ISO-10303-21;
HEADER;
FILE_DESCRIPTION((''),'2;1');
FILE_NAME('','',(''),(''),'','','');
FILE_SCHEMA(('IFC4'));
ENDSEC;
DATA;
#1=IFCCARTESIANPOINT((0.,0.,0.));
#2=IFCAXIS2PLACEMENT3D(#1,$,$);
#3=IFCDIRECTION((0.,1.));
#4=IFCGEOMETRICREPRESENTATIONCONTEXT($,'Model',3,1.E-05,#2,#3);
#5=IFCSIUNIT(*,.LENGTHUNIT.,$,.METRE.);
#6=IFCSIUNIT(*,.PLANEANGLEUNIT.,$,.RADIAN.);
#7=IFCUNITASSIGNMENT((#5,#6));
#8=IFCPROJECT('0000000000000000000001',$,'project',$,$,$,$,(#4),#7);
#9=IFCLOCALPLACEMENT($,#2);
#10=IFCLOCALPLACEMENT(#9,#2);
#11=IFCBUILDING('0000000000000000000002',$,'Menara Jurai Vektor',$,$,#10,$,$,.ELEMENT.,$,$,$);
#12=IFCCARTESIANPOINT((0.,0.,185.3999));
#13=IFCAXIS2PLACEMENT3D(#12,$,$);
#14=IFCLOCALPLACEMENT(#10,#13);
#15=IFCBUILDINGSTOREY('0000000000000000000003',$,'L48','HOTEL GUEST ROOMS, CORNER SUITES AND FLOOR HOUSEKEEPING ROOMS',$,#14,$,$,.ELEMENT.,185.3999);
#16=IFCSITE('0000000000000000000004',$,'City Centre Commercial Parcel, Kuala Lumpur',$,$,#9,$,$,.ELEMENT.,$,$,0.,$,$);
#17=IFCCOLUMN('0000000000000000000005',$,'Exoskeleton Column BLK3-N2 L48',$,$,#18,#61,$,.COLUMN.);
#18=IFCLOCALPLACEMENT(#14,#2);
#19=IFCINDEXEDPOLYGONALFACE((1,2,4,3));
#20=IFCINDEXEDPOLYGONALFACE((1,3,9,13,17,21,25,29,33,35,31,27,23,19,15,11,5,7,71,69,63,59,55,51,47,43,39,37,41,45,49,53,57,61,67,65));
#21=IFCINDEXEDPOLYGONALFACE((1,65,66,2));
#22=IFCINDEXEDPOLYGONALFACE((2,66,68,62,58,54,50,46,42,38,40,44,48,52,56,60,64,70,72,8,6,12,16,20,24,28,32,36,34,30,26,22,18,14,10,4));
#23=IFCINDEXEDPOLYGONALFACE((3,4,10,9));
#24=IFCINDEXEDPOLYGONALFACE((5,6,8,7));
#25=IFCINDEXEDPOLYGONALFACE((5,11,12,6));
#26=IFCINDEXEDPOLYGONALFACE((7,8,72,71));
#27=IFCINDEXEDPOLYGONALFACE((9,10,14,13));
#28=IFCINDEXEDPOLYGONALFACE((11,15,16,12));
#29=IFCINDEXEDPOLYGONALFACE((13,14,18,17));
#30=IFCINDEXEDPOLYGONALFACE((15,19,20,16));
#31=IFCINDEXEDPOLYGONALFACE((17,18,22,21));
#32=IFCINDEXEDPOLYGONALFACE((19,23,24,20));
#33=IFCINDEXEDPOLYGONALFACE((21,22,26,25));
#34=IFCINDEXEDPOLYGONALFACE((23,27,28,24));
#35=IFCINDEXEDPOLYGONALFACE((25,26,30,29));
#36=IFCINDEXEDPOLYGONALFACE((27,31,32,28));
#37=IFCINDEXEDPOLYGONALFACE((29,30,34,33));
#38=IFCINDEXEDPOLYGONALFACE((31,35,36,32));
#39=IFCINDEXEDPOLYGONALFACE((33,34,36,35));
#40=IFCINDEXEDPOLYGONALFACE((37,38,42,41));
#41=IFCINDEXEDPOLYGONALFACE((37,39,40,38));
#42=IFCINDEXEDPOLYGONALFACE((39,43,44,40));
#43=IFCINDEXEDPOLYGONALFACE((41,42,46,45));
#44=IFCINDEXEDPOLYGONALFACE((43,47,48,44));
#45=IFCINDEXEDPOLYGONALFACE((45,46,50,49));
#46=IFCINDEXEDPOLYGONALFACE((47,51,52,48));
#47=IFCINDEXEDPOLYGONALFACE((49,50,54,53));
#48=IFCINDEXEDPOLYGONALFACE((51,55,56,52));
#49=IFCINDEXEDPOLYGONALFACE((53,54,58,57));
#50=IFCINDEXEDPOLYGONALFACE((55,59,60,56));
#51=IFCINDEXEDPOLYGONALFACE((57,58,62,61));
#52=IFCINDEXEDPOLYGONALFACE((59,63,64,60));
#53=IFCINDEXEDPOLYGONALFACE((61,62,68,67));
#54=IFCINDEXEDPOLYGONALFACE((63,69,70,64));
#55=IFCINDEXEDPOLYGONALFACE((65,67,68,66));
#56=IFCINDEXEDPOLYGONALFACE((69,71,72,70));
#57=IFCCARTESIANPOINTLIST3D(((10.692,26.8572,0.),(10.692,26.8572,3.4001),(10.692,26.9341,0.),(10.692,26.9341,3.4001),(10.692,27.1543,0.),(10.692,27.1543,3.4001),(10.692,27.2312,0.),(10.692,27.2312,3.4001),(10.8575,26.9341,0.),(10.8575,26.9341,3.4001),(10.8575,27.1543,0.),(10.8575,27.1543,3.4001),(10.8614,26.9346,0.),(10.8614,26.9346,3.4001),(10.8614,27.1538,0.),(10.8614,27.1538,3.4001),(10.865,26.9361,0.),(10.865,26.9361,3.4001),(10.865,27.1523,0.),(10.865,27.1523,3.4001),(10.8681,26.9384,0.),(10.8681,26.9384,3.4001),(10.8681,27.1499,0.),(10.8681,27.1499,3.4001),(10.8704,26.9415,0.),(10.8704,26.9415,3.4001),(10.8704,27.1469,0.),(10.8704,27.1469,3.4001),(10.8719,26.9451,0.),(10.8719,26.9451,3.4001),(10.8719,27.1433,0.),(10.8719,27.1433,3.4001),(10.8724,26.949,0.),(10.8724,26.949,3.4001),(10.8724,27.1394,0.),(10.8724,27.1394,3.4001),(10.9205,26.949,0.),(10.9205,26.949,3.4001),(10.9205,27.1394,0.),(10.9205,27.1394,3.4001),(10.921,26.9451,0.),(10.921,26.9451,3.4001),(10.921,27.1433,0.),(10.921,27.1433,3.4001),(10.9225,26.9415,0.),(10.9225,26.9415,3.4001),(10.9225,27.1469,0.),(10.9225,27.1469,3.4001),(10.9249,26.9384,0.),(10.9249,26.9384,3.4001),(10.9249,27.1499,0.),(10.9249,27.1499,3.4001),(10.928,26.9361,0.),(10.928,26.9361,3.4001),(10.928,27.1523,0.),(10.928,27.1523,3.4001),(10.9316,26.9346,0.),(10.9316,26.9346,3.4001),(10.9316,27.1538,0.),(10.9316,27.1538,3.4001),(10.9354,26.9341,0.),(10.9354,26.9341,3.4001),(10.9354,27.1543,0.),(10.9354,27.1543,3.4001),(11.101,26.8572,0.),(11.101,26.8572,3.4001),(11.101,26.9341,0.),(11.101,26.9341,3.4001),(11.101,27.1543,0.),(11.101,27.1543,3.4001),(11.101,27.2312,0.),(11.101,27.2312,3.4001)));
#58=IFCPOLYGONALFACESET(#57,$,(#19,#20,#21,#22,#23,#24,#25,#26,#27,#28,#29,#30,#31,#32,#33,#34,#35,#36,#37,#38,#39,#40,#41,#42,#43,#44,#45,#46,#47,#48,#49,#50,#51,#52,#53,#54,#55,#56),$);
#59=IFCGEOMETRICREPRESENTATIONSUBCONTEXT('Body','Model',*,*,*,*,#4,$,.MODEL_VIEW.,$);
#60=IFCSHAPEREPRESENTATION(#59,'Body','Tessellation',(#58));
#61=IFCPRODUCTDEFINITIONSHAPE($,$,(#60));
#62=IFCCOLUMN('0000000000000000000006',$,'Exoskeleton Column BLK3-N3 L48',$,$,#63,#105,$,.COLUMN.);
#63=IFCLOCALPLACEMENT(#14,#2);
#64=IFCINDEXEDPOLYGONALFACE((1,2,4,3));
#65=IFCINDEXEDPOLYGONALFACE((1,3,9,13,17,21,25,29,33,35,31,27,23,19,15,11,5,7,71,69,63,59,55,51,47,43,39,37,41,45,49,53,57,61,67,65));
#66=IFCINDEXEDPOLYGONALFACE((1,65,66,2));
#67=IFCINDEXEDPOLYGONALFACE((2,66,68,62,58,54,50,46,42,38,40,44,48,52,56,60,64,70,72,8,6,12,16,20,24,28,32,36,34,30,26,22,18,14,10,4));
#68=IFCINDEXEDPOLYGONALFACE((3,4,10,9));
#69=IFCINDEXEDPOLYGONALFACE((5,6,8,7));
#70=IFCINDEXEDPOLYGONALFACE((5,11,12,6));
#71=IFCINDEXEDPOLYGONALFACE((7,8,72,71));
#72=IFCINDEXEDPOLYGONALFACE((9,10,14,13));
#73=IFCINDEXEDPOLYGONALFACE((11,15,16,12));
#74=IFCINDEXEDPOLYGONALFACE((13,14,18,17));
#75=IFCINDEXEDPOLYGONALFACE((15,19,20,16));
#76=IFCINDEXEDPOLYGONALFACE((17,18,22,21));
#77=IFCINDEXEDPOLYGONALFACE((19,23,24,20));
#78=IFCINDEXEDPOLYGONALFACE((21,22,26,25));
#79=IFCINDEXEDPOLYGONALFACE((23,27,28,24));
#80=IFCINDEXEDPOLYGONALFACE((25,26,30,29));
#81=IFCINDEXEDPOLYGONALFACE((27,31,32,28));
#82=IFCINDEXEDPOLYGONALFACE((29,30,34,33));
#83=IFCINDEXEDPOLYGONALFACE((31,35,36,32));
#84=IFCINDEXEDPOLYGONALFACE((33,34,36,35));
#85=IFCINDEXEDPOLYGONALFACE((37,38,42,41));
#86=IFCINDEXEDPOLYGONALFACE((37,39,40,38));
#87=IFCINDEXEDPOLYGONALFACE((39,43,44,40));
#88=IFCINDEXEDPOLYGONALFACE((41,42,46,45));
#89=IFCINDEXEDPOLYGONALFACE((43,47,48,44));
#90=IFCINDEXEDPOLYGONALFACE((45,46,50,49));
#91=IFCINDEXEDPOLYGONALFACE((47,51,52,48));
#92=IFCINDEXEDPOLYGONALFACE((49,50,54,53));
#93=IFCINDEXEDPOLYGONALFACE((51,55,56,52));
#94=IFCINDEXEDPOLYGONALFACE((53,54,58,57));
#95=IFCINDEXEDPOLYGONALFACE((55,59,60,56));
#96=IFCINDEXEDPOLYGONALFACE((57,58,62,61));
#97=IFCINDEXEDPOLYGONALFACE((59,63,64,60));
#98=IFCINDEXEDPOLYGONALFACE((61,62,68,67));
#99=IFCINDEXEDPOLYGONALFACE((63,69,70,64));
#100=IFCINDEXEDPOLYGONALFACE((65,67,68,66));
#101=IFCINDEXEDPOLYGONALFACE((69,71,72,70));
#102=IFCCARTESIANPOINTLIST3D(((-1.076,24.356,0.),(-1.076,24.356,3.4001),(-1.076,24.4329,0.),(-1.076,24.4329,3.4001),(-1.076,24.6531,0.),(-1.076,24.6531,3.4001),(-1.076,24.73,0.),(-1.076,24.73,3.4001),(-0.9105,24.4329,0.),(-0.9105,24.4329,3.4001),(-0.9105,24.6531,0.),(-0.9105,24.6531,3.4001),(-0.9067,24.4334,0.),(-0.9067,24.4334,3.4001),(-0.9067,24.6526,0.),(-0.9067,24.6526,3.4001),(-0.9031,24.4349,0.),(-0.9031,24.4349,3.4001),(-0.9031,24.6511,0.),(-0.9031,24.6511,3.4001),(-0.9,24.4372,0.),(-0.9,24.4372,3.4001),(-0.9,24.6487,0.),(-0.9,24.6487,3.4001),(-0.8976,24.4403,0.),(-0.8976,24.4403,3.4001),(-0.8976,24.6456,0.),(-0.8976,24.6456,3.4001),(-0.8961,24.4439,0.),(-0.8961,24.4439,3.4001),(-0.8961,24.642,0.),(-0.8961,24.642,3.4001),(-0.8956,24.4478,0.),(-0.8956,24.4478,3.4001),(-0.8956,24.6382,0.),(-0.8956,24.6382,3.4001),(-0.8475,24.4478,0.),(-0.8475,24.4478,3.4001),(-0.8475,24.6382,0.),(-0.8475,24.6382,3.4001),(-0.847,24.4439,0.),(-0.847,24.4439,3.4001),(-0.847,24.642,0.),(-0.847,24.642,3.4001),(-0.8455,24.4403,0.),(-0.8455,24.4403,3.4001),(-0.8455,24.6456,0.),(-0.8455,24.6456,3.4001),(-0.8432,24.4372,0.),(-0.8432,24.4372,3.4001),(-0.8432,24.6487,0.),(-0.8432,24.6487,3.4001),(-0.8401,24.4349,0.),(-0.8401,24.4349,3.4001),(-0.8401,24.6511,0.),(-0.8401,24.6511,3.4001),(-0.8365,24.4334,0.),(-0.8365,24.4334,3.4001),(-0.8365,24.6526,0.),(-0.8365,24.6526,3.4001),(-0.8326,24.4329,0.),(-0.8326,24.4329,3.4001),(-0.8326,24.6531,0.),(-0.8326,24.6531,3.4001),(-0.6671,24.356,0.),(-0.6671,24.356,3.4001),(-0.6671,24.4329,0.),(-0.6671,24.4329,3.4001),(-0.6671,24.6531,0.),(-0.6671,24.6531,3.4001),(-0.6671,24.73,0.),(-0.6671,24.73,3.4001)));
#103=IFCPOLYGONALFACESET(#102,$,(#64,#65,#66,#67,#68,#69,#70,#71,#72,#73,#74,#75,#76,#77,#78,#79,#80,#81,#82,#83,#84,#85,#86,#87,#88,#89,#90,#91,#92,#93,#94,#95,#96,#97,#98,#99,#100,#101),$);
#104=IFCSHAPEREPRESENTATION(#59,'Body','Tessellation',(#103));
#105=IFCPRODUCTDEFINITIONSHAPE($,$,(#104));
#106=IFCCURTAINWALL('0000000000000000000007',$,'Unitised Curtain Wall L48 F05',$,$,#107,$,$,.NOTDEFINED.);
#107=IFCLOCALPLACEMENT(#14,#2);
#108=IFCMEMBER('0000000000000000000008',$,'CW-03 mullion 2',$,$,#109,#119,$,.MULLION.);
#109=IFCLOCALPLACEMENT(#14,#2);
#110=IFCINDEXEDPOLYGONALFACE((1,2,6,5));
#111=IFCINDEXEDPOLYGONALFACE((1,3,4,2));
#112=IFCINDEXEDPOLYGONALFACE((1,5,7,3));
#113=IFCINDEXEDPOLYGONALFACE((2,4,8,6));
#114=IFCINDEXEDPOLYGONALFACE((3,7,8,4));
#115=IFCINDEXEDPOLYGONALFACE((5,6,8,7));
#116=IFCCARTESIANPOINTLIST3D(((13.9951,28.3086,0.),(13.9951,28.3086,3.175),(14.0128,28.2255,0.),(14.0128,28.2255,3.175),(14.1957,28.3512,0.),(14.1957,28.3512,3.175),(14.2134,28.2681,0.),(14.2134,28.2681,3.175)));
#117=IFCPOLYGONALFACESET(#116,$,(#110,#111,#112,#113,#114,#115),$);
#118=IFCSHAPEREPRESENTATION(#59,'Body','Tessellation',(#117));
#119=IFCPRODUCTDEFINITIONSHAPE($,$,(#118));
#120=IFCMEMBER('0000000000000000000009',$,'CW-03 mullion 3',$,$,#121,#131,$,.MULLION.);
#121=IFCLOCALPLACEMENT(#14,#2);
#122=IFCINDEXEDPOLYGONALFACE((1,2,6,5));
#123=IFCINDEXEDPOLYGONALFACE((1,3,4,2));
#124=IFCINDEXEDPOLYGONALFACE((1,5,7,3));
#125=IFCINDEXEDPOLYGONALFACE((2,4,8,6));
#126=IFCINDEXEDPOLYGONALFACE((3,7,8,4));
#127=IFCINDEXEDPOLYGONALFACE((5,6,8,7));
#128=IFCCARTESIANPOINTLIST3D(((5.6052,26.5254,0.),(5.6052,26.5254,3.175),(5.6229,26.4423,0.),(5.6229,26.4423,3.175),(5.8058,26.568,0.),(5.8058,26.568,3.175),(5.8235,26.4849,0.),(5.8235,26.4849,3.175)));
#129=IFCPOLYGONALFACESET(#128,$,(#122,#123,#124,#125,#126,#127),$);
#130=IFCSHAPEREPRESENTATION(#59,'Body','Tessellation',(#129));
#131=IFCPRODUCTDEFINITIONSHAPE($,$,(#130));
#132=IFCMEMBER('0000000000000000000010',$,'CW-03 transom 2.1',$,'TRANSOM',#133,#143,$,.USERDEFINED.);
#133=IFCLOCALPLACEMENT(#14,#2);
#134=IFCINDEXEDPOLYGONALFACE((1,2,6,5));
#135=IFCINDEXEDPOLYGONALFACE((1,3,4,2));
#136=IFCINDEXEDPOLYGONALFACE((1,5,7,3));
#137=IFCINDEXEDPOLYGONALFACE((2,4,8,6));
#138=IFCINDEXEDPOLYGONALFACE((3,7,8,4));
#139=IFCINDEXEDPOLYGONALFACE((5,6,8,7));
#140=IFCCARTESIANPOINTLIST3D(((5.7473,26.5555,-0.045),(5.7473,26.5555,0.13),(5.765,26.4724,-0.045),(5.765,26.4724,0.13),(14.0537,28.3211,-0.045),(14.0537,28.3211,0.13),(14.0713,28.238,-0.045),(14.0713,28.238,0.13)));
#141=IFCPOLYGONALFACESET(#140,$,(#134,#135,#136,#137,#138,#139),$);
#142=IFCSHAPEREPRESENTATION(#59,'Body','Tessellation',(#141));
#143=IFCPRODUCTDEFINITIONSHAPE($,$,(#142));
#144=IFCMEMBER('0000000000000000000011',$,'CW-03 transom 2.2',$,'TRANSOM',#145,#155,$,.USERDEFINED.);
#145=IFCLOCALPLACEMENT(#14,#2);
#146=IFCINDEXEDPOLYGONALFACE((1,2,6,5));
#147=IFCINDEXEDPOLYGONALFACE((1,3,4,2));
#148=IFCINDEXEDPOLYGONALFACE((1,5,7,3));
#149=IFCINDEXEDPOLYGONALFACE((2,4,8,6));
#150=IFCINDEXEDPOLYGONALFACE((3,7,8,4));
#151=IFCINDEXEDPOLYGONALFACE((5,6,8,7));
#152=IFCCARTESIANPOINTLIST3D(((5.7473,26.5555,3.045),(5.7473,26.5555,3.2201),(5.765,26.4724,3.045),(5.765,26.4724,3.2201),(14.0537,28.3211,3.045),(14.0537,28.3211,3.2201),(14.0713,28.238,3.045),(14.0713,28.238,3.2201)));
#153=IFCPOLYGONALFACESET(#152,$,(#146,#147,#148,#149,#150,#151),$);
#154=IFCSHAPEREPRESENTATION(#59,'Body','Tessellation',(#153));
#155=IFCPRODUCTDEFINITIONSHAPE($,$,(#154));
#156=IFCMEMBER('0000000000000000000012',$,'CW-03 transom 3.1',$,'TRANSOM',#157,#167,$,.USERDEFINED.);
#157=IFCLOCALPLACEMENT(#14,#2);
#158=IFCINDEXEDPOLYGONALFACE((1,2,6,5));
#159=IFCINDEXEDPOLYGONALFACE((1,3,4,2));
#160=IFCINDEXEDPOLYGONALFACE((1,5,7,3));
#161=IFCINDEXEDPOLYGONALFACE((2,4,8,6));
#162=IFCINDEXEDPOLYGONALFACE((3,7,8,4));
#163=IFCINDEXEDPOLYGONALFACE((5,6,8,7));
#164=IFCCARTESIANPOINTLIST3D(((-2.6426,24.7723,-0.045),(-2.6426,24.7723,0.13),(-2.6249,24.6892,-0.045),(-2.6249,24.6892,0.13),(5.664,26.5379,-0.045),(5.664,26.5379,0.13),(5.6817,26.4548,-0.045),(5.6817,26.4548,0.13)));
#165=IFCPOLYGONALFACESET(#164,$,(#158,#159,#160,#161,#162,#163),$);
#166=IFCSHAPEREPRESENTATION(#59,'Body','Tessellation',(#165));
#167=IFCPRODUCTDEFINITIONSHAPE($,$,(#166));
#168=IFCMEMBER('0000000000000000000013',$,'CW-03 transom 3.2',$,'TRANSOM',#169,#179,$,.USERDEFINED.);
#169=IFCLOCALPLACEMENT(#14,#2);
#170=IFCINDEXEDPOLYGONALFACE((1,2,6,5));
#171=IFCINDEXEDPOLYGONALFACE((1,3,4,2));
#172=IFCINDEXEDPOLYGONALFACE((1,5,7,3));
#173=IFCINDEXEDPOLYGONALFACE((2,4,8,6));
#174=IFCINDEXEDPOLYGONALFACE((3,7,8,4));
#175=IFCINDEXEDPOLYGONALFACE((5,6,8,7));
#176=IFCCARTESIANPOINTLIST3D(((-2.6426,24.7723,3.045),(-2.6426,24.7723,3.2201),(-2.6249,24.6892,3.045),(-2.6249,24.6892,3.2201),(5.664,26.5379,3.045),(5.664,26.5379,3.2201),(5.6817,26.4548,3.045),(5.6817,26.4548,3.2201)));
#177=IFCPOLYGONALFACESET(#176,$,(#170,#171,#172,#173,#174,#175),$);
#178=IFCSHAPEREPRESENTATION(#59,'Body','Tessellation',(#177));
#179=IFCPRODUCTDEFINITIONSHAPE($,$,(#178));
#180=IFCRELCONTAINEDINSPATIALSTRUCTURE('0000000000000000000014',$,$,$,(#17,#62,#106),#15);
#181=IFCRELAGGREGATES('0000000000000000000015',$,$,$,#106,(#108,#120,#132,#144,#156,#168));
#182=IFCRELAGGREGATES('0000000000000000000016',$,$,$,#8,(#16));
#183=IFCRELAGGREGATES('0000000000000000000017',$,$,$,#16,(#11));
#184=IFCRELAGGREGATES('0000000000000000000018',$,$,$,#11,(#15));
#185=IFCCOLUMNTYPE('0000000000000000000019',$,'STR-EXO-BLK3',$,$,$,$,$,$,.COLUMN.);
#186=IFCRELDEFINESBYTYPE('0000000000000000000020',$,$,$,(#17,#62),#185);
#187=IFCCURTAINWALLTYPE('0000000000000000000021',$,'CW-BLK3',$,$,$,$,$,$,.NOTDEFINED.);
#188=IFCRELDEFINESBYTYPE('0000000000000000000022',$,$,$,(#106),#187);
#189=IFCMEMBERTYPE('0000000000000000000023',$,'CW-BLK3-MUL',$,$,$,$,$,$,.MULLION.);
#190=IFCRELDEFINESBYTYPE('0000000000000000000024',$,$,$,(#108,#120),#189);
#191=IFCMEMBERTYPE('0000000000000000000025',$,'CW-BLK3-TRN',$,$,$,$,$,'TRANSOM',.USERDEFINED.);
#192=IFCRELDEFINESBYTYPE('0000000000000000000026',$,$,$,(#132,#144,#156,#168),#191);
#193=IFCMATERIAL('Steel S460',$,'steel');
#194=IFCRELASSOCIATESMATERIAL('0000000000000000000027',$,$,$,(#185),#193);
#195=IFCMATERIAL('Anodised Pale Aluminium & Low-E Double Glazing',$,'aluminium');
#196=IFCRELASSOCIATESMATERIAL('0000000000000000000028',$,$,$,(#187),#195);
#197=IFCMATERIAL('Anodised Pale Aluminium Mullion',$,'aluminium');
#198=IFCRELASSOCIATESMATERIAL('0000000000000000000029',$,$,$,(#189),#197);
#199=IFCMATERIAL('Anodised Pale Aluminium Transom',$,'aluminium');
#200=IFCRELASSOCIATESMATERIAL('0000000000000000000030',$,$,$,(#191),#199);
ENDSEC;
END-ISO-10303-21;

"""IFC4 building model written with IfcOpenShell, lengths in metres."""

from ifc_helpers import new_model, si_unit, direction, frame, origin, origin_2d, place, context, subcontext, project, spatial, rectangle, i_section, extrude, material, material_profile, profile_set, type_object, element, aggregate, save


model = new_model("IFC4")

# Units and contexts
model_context = context("Model", 3, precision=1e-05, world=origin(), true_north=direction((0.0, 1.0)))
body_context = subcontext(model_context, "Body", "Model", "MODEL_VIEW")
ifc_project = project(units=[si_unit("LENGTHUNIT", "METRE"), si_unit("PLANEANGLEUNIT", "RADIAN")], contexts=[model_context])

# Site, building, storey
site_placement = place(None, origin())
site = spatial("IfcSite", under=ifc_project, at=site_placement, Name="City Centre Commercial Parcel, Kuala Lumpur", CompositionType="ELEMENT", RefElevation=0.0)
building_placement = place(site_placement, origin())
building = spatial("IfcBuilding", under=site, at=building_placement, Name="Menara Jurai Vektor", CompositionType="ELEMENT")
storey_placement = place(building_placement, frame((0.0, 0.0, 185.3999)))
storey = spatial("IfcBuildingStorey", under=building, at=storey_placement, Name="L48", Description="HOTEL GUEST ROOMS, CORNER SUITES AND FLOOR HOUSEKEEPING ROOMS", CompositionType="ELEMENT", Elevation=185.3999)

# Columns
ifc_material_1 = material(Name="Steel S460", Category="steel")
ifc_material_profile_1 = material_profile(ifc_material_1, i_section(OverallWidth=0.4089, OverallDepth=0.374, WebThickness=0.0481, FlangeThickness=0.0769, FilletRadius=0.0149, at=origin_2d()), Name="HD 400x634")
ifc_profile_set_1 = profile_set([ifc_material_profile_1], Name="Steel S460")
column_type = type_object("IfcColumnType", Name="STR-EXO-BLK3", PredefinedType="COLUMN", material=ifc_profile_set_1)
for number, where, z_axis, x_axis, name in (
    (1, (10.8965, 27.0442, 0.0), (0.0, 0.0, 1.0), (1.0, 0.0, 0.0), "Exoskeleton Column BLK3-N2 L48"),
    (2, (-0.8716, 24.543, 0.0), (0.0, 0.0, 1.0), (1.0, 0.0, 0.0), "Exoskeleton Column BLK3-N3 L48"),
):
    element("IfcColumn", number, at=place(storey_placement, frame(where, z_axis=z_axis, x_axis=x_axis)), inside=storey, type_object=column_type, Name=name, PredefinedType="COLUMN", context=body_context, shape_type="SweptSolid", body=[
        extrude(i_section(OverallWidth=0.4089, OverallDepth=0.374, WebThickness=0.0481, FlangeThickness=0.0769, FilletRadius=0.0149, at=origin_2d()), origin(), (0.0, 0.0, 1.0), 3.4001),
    ])

# Curtain wall, members
ifc_material_2 = material(Name="Anodised Pale Aluminium & Low-E Double Glazing", Category="aluminium")
curtain_wall_type = type_object("IfcCurtainWallType", Name="CW-BLK3", PredefinedType="NOTDEFINED", material=ifc_material_2)
curtain_wall_placement = place(storey_placement, origin())
curtain_wall = element("IfcCurtainWall", 3, at=curtain_wall_placement, inside=storey, type_object=curtain_wall_type, Name="Unitised Curtain Wall L48 F05", PredefinedType="NOTDEFINED")
ifc_material_3 = material(Name="Anodised Pale Aluminium Mullion", Category="aluminium")
ifc_material_profile_2 = material_profile(ifc_material_3, rectangle(XDim=0.085, YDim=0.2051, at=origin_2d()), Name="ALU MUL 85x205")
ifc_profile_set_2 = profile_set([ifc_material_profile_2], Name="Anodised Pale Aluminium Mullion")
member_type_1 = type_object("IfcMemberType", Name="CW-BLK3-MUL", PredefinedType="MULLION", material=ifc_profile_set_2)
member_1_placement = place(storey_placement, frame((14.1042, 28.2883, 0.0), z_axis=(0.0, 0.0, 1.0), x_axis=(0.207911, -0.978148, 0.0)))
member_1 = element("IfcMember", 4, at=member_1_placement, type_object=member_type_1, Name="CW-03 mullion 2", PredefinedType="MULLION", context=body_context, shape_type="SweptSolid", body=[
    extrude(rectangle(XDim=0.085, YDim=0.2051, at=origin_2d()), origin(), (0.0, 0.0, 1.0), 3.175),
])
member_2_placement = place(storey_placement, frame((5.7144, 26.5051, 0.0), z_axis=(0.0, 0.0, 1.0), x_axis=(0.207911, -0.978148, 0.0)))
member_2 = element("IfcMember", 5, at=member_2_placement, type_object=member_type_1, Name="CW-03 mullion 3", PredefinedType="MULLION", context=body_context, shape_type="SweptSolid", body=[
    extrude(rectangle(XDim=0.085, YDim=0.2051, at=origin_2d()), origin(), (0.0, 0.0, 1.0), 3.175),
])
ifc_material_4 = material(Name="Anodised Pale Aluminium Transom", Category="aluminium")
ifc_material_profile_3 = material_profile(ifc_material_4, rectangle(XDim=0.085, YDim=0.175, at=origin_2d()), Name="ALU TRN 85x175")
ifc_profile_set_3 = profile_set([ifc_material_profile_3], Name="Anodised Pale Aluminium Transom")
member_type_2 = type_object("IfcMemberType", Name="CW-BLK3-TRN", ElementType="TRANSOM", PredefinedType="USERDEFINED", material=ifc_profile_set_3)
member_3_placement = place(storey_placement, frame((14.0625, 28.2795, 0.0425), z_axis=(-0.978147, -0.207917, 0.0), x_axis=(0.207917, -0.978147, 0.0)))
member_3 = element("IfcMember", 6, at=member_3_placement, type_object=member_type_2, Name="CW-03 transom 2.1", ObjectType="TRANSOM", PredefinedType="USERDEFINED", context=body_context, shape_type="SweptSolid", body=[
    extrude(rectangle(XDim=0.085, YDim=0.175, at=origin_2d()), origin(), (0.0, 0.0, 1.0), 8.4919),
])
member_4_placement = place(storey_placement, frame((14.0625, 28.2795, 3.1326), z_axis=(-0.978147, -0.207917, 0.0), x_axis=(0.207917, -0.978147, 0.0)))
member_4 = element("IfcMember", 7, at=member_4_placement, type_object=member_type_2, Name="CW-03 transom 2.2", ObjectType="TRANSOM", PredefinedType="USERDEFINED", context=body_context, shape_type="SweptSolid", body=[
    extrude(rectangle(XDim=0.085, YDim=0.175, at=origin_2d()), origin(), (0.0, 0.0, 1.0), 8.4919),
])
member_5_placement = place(storey_placement, frame((5.6729, 26.4963, 0.0425), z_axis=(-0.978148, -0.207911, 0.0), x_axis=(0.207911, -0.978148, 0.0)))
member_5 = element("IfcMember", 8, at=member_5_placement, type_object=member_type_2, Name="CW-03 transom 3.1", ObjectType="TRANSOM", PredefinedType="USERDEFINED", context=body_context, shape_type="SweptSolid", body=[
    extrude(rectangle(XDim=0.085, YDim=0.175, at=origin_2d()), origin(), (0.0, 0.0, 1.0), 8.4922),
])
member_6_placement = place(storey_placement, frame((5.6729, 26.4963, 3.1326), z_axis=(-0.978148, -0.207911, 0.0), x_axis=(0.207911, -0.978148, 0.0)))
member_6 = element("IfcMember", 9, at=member_6_placement, type_object=member_type_2, Name="CW-03 transom 3.2", ObjectType="TRANSOM", PredefinedType="USERDEFINED", context=body_context, shape_type="SweptSolid", body=[
    extrude(rectangle(XDim=0.085, YDim=0.175, at=origin_2d()), origin(), (0.0, 0.0, 1.0), 8.4922),
])

aggregate(curtain_wall, [member_1, member_2, member_3, member_4, member_5, member_6])

save(model, "model.ifc")
